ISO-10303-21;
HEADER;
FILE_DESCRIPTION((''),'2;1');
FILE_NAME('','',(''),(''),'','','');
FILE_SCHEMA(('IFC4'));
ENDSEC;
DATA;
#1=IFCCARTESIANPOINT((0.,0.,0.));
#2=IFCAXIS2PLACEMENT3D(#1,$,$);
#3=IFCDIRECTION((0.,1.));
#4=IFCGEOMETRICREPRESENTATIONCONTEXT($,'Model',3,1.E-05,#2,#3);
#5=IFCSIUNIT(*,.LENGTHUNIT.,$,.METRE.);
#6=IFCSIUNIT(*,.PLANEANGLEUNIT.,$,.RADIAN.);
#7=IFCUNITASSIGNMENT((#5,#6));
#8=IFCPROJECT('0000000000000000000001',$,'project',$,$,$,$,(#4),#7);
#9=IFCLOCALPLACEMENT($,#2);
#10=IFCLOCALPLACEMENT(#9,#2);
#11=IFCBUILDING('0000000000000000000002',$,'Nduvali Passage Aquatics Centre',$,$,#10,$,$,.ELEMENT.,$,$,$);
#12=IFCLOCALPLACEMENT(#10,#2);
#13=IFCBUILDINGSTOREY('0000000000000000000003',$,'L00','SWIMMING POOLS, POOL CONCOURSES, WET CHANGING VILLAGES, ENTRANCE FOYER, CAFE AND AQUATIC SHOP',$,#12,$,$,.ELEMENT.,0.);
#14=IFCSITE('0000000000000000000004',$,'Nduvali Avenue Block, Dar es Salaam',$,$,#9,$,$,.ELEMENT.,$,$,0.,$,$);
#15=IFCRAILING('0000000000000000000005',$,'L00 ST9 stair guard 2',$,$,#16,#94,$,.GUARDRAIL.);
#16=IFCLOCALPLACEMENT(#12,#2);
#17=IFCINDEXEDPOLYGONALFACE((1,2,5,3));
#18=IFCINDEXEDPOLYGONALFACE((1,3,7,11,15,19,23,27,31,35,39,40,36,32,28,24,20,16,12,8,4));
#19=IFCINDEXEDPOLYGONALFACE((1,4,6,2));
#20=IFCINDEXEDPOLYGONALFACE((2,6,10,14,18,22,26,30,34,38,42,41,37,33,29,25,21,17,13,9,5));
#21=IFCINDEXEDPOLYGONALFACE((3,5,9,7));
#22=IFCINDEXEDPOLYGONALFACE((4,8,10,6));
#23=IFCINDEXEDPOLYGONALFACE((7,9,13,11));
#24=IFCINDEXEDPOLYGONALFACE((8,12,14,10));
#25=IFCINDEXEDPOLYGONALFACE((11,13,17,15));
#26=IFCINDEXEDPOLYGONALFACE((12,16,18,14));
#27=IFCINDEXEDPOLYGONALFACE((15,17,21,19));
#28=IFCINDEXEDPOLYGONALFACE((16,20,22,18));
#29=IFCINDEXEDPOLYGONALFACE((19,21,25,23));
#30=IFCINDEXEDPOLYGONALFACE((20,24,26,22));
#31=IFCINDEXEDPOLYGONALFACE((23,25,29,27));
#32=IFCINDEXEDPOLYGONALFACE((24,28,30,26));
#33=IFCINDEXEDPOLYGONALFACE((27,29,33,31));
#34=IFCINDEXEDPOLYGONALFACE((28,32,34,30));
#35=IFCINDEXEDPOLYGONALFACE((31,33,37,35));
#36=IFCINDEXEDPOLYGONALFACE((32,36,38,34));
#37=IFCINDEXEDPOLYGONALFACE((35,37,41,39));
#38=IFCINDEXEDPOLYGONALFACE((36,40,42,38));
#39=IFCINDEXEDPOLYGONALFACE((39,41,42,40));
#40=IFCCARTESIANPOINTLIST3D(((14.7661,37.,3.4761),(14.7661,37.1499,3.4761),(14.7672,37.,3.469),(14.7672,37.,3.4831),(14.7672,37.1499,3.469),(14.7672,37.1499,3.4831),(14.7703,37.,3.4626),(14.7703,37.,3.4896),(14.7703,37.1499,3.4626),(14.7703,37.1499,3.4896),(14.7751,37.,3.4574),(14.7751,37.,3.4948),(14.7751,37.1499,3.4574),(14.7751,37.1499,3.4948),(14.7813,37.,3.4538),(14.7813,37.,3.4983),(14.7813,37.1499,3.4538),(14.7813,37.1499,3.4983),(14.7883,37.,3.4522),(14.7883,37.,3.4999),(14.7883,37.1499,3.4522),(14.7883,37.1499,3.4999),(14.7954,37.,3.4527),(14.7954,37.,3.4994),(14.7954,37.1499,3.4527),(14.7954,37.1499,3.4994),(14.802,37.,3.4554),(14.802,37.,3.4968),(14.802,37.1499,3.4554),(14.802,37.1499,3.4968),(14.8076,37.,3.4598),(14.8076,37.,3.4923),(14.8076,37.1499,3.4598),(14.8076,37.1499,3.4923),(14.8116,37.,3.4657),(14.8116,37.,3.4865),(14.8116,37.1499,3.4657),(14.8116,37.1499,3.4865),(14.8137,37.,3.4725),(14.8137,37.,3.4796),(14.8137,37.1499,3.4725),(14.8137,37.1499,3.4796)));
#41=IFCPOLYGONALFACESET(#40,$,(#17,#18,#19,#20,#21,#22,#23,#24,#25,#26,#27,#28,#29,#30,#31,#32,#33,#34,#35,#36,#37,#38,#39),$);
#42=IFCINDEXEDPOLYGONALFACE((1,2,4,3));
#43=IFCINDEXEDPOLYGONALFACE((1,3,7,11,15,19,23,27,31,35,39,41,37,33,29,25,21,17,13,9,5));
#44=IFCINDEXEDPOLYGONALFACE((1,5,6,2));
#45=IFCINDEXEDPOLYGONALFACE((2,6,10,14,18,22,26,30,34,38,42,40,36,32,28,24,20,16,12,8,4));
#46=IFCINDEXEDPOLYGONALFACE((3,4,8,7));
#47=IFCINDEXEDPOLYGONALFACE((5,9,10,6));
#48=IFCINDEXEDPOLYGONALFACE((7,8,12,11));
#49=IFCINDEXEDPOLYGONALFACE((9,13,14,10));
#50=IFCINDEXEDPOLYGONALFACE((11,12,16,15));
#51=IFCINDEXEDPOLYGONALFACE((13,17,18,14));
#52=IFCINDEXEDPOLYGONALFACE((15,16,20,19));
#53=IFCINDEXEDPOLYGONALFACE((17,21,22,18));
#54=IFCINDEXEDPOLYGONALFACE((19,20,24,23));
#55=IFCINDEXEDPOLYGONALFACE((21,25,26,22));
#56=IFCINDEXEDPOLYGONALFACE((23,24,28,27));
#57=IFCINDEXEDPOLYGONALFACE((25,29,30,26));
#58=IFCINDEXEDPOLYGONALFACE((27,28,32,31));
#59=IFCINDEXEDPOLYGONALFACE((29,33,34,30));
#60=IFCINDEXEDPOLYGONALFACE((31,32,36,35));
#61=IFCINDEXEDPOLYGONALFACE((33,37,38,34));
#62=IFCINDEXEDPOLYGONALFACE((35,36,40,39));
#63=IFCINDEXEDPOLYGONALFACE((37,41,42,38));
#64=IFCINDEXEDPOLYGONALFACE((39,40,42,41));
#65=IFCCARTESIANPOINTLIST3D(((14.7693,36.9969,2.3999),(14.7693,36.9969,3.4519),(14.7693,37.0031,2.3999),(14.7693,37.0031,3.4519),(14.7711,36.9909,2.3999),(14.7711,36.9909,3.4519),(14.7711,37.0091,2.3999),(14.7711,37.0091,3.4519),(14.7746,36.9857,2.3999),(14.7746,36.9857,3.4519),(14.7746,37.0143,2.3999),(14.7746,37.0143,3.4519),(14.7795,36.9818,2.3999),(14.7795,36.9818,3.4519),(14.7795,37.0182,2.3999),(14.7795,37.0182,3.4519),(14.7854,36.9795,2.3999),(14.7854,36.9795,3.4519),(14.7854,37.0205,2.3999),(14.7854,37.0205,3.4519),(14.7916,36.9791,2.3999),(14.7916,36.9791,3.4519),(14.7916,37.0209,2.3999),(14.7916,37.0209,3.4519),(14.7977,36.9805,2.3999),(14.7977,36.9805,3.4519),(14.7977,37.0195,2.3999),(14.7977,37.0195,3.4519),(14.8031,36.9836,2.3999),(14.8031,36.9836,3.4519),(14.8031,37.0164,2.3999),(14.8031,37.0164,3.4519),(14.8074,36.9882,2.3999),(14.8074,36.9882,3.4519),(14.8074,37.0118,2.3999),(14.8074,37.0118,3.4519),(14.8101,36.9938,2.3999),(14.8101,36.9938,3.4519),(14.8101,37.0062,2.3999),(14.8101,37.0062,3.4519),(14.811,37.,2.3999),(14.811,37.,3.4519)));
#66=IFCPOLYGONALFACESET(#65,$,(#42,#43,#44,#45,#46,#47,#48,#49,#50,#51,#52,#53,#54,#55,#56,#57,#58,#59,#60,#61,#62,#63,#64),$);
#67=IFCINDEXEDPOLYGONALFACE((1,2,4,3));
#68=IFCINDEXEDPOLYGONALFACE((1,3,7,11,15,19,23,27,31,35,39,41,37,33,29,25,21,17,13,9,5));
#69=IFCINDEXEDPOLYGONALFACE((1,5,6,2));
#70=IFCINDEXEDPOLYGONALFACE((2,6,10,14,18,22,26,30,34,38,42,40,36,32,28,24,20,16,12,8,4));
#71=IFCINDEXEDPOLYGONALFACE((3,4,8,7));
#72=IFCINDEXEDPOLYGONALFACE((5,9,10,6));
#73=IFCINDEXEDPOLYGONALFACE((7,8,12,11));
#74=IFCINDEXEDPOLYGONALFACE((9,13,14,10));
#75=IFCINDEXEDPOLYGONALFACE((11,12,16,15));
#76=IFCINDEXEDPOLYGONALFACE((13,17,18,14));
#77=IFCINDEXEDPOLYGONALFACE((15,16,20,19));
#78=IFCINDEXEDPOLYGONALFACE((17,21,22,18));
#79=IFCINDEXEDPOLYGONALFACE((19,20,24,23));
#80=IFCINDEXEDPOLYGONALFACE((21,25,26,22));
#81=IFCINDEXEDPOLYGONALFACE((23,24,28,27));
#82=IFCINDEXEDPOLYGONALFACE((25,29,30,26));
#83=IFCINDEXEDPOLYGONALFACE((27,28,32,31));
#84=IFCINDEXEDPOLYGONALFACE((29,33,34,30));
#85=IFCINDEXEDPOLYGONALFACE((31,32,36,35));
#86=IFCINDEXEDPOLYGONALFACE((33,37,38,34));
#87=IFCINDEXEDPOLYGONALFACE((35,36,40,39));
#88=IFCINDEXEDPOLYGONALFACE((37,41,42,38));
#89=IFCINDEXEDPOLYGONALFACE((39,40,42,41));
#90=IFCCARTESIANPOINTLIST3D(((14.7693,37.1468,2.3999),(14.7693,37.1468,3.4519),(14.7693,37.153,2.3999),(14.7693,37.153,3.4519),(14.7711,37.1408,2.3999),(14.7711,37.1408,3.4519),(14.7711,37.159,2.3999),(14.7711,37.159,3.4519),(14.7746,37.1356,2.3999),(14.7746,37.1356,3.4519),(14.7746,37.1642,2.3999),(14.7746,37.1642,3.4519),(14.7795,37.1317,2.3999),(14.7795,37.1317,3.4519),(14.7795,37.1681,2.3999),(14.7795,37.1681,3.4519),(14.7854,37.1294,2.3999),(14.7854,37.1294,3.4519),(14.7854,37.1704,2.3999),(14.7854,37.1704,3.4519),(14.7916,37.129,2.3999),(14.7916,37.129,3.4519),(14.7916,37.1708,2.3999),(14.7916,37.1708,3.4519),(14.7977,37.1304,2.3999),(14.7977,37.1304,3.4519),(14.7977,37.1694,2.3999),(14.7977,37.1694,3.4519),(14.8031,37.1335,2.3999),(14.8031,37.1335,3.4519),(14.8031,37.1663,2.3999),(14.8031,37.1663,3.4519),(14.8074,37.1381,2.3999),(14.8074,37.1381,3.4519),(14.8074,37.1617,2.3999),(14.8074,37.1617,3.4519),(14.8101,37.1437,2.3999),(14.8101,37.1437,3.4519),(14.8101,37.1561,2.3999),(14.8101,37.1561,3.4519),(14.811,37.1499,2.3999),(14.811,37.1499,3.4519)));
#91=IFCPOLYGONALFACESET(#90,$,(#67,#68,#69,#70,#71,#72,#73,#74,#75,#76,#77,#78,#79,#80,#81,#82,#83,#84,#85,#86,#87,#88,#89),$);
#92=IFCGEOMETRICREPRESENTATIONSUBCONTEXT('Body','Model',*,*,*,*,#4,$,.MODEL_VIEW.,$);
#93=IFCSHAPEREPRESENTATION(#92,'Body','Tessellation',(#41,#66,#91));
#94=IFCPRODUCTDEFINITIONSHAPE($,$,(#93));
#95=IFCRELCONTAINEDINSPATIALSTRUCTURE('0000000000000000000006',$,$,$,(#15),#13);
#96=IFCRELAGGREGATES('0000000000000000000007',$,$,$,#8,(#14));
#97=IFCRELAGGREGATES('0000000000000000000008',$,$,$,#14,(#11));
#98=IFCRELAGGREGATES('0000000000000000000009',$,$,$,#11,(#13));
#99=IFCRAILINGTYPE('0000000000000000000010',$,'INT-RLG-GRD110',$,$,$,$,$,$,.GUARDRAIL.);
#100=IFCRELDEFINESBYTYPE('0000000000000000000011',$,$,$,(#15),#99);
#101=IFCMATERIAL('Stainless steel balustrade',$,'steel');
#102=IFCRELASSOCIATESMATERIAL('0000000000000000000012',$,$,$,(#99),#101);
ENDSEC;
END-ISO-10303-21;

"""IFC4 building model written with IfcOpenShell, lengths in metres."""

from ifc_helpers import new_model, si_unit, direction, frame, origin, origin_2d, place, context, subcontext, project, spatial, circle, extrude, material, type_object, element, save


model = new_model("IFC4")

# Units and contexts
model_context = context("Model", 3, precision=1e-05, world=origin(), true_north=direction((0.0, 1.0)))
body_context = subcontext(model_context, "Body", "Model", "MODEL_VIEW")
ifc_project = project(units=[si_unit("LENGTHUNIT", "METRE"), si_unit("PLANEANGLEUNIT", "RADIAN")], contexts=[model_context])

# Site, building, storey
site_placement = place(None, origin())
site = spatial("IfcSite", under=ifc_project, at=site_placement, Name="Nduvali Avenue Block, Dar es Salaam", CompositionType="ELEMENT", RefElevation=0.0)
building_placement = place(site_placement, origin())
building = spatial("IfcBuilding", under=site, at=building_placement, Name="Nduvali Passage Aquatics Centre", CompositionType="ELEMENT")
storey_placement = place(building_placement, origin())
storey = spatial("IfcBuildingStorey", under=building, at=storey_placement, Name="L00", Description="SWIMMING POOLS, POOL CONCOURSES, WET CHANGING VILLAGES, ENTRANCE FOYER, CAFE AND AQUATIC SHOP", CompositionType="ELEMENT", Elevation=0.0)

# Railing
ifc_material_1 = material(Name="Stainless steel balustrade", Category="steel")
railing_type_1 = type_object("IfcRailingType", Name="INT-RLG-GRD110", PredefinedType="GUARDRAIL", material=ifc_material_1)
railing_1_placement = place(storey_placement, frame((14.79, 37.0, 2.3999)))
element("IfcRailing", 1, at=railing_1_placement, inside=storey, type_object=railing_type_1, Name="L00 ST9 stair guard 2", PredefinedType="GUARDRAIL", context=body_context, shape_type="SweptSolid", body=[
    extrude(circle(Radius=0.0239, at=origin_2d()), frame((0.0, 0.0, 1.0762), z_axis=(0.0, 1.0, 0.0), x_axis=(-1.0, 0.0, 0.0)), (0.0, 0.0, 1.0), 0.1499),
    extrude(circle(Radius=0.021, at=origin_2d()), origin(), (0.0, 0.0, 1.0), 1.052),
    extrude(circle(Radius=0.021, at=origin_2d()), frame((0.0, 0.1499, 0.0)), (0.0, 0.0, 1.0), 1.052),
])

save(model, "model.ifc")
